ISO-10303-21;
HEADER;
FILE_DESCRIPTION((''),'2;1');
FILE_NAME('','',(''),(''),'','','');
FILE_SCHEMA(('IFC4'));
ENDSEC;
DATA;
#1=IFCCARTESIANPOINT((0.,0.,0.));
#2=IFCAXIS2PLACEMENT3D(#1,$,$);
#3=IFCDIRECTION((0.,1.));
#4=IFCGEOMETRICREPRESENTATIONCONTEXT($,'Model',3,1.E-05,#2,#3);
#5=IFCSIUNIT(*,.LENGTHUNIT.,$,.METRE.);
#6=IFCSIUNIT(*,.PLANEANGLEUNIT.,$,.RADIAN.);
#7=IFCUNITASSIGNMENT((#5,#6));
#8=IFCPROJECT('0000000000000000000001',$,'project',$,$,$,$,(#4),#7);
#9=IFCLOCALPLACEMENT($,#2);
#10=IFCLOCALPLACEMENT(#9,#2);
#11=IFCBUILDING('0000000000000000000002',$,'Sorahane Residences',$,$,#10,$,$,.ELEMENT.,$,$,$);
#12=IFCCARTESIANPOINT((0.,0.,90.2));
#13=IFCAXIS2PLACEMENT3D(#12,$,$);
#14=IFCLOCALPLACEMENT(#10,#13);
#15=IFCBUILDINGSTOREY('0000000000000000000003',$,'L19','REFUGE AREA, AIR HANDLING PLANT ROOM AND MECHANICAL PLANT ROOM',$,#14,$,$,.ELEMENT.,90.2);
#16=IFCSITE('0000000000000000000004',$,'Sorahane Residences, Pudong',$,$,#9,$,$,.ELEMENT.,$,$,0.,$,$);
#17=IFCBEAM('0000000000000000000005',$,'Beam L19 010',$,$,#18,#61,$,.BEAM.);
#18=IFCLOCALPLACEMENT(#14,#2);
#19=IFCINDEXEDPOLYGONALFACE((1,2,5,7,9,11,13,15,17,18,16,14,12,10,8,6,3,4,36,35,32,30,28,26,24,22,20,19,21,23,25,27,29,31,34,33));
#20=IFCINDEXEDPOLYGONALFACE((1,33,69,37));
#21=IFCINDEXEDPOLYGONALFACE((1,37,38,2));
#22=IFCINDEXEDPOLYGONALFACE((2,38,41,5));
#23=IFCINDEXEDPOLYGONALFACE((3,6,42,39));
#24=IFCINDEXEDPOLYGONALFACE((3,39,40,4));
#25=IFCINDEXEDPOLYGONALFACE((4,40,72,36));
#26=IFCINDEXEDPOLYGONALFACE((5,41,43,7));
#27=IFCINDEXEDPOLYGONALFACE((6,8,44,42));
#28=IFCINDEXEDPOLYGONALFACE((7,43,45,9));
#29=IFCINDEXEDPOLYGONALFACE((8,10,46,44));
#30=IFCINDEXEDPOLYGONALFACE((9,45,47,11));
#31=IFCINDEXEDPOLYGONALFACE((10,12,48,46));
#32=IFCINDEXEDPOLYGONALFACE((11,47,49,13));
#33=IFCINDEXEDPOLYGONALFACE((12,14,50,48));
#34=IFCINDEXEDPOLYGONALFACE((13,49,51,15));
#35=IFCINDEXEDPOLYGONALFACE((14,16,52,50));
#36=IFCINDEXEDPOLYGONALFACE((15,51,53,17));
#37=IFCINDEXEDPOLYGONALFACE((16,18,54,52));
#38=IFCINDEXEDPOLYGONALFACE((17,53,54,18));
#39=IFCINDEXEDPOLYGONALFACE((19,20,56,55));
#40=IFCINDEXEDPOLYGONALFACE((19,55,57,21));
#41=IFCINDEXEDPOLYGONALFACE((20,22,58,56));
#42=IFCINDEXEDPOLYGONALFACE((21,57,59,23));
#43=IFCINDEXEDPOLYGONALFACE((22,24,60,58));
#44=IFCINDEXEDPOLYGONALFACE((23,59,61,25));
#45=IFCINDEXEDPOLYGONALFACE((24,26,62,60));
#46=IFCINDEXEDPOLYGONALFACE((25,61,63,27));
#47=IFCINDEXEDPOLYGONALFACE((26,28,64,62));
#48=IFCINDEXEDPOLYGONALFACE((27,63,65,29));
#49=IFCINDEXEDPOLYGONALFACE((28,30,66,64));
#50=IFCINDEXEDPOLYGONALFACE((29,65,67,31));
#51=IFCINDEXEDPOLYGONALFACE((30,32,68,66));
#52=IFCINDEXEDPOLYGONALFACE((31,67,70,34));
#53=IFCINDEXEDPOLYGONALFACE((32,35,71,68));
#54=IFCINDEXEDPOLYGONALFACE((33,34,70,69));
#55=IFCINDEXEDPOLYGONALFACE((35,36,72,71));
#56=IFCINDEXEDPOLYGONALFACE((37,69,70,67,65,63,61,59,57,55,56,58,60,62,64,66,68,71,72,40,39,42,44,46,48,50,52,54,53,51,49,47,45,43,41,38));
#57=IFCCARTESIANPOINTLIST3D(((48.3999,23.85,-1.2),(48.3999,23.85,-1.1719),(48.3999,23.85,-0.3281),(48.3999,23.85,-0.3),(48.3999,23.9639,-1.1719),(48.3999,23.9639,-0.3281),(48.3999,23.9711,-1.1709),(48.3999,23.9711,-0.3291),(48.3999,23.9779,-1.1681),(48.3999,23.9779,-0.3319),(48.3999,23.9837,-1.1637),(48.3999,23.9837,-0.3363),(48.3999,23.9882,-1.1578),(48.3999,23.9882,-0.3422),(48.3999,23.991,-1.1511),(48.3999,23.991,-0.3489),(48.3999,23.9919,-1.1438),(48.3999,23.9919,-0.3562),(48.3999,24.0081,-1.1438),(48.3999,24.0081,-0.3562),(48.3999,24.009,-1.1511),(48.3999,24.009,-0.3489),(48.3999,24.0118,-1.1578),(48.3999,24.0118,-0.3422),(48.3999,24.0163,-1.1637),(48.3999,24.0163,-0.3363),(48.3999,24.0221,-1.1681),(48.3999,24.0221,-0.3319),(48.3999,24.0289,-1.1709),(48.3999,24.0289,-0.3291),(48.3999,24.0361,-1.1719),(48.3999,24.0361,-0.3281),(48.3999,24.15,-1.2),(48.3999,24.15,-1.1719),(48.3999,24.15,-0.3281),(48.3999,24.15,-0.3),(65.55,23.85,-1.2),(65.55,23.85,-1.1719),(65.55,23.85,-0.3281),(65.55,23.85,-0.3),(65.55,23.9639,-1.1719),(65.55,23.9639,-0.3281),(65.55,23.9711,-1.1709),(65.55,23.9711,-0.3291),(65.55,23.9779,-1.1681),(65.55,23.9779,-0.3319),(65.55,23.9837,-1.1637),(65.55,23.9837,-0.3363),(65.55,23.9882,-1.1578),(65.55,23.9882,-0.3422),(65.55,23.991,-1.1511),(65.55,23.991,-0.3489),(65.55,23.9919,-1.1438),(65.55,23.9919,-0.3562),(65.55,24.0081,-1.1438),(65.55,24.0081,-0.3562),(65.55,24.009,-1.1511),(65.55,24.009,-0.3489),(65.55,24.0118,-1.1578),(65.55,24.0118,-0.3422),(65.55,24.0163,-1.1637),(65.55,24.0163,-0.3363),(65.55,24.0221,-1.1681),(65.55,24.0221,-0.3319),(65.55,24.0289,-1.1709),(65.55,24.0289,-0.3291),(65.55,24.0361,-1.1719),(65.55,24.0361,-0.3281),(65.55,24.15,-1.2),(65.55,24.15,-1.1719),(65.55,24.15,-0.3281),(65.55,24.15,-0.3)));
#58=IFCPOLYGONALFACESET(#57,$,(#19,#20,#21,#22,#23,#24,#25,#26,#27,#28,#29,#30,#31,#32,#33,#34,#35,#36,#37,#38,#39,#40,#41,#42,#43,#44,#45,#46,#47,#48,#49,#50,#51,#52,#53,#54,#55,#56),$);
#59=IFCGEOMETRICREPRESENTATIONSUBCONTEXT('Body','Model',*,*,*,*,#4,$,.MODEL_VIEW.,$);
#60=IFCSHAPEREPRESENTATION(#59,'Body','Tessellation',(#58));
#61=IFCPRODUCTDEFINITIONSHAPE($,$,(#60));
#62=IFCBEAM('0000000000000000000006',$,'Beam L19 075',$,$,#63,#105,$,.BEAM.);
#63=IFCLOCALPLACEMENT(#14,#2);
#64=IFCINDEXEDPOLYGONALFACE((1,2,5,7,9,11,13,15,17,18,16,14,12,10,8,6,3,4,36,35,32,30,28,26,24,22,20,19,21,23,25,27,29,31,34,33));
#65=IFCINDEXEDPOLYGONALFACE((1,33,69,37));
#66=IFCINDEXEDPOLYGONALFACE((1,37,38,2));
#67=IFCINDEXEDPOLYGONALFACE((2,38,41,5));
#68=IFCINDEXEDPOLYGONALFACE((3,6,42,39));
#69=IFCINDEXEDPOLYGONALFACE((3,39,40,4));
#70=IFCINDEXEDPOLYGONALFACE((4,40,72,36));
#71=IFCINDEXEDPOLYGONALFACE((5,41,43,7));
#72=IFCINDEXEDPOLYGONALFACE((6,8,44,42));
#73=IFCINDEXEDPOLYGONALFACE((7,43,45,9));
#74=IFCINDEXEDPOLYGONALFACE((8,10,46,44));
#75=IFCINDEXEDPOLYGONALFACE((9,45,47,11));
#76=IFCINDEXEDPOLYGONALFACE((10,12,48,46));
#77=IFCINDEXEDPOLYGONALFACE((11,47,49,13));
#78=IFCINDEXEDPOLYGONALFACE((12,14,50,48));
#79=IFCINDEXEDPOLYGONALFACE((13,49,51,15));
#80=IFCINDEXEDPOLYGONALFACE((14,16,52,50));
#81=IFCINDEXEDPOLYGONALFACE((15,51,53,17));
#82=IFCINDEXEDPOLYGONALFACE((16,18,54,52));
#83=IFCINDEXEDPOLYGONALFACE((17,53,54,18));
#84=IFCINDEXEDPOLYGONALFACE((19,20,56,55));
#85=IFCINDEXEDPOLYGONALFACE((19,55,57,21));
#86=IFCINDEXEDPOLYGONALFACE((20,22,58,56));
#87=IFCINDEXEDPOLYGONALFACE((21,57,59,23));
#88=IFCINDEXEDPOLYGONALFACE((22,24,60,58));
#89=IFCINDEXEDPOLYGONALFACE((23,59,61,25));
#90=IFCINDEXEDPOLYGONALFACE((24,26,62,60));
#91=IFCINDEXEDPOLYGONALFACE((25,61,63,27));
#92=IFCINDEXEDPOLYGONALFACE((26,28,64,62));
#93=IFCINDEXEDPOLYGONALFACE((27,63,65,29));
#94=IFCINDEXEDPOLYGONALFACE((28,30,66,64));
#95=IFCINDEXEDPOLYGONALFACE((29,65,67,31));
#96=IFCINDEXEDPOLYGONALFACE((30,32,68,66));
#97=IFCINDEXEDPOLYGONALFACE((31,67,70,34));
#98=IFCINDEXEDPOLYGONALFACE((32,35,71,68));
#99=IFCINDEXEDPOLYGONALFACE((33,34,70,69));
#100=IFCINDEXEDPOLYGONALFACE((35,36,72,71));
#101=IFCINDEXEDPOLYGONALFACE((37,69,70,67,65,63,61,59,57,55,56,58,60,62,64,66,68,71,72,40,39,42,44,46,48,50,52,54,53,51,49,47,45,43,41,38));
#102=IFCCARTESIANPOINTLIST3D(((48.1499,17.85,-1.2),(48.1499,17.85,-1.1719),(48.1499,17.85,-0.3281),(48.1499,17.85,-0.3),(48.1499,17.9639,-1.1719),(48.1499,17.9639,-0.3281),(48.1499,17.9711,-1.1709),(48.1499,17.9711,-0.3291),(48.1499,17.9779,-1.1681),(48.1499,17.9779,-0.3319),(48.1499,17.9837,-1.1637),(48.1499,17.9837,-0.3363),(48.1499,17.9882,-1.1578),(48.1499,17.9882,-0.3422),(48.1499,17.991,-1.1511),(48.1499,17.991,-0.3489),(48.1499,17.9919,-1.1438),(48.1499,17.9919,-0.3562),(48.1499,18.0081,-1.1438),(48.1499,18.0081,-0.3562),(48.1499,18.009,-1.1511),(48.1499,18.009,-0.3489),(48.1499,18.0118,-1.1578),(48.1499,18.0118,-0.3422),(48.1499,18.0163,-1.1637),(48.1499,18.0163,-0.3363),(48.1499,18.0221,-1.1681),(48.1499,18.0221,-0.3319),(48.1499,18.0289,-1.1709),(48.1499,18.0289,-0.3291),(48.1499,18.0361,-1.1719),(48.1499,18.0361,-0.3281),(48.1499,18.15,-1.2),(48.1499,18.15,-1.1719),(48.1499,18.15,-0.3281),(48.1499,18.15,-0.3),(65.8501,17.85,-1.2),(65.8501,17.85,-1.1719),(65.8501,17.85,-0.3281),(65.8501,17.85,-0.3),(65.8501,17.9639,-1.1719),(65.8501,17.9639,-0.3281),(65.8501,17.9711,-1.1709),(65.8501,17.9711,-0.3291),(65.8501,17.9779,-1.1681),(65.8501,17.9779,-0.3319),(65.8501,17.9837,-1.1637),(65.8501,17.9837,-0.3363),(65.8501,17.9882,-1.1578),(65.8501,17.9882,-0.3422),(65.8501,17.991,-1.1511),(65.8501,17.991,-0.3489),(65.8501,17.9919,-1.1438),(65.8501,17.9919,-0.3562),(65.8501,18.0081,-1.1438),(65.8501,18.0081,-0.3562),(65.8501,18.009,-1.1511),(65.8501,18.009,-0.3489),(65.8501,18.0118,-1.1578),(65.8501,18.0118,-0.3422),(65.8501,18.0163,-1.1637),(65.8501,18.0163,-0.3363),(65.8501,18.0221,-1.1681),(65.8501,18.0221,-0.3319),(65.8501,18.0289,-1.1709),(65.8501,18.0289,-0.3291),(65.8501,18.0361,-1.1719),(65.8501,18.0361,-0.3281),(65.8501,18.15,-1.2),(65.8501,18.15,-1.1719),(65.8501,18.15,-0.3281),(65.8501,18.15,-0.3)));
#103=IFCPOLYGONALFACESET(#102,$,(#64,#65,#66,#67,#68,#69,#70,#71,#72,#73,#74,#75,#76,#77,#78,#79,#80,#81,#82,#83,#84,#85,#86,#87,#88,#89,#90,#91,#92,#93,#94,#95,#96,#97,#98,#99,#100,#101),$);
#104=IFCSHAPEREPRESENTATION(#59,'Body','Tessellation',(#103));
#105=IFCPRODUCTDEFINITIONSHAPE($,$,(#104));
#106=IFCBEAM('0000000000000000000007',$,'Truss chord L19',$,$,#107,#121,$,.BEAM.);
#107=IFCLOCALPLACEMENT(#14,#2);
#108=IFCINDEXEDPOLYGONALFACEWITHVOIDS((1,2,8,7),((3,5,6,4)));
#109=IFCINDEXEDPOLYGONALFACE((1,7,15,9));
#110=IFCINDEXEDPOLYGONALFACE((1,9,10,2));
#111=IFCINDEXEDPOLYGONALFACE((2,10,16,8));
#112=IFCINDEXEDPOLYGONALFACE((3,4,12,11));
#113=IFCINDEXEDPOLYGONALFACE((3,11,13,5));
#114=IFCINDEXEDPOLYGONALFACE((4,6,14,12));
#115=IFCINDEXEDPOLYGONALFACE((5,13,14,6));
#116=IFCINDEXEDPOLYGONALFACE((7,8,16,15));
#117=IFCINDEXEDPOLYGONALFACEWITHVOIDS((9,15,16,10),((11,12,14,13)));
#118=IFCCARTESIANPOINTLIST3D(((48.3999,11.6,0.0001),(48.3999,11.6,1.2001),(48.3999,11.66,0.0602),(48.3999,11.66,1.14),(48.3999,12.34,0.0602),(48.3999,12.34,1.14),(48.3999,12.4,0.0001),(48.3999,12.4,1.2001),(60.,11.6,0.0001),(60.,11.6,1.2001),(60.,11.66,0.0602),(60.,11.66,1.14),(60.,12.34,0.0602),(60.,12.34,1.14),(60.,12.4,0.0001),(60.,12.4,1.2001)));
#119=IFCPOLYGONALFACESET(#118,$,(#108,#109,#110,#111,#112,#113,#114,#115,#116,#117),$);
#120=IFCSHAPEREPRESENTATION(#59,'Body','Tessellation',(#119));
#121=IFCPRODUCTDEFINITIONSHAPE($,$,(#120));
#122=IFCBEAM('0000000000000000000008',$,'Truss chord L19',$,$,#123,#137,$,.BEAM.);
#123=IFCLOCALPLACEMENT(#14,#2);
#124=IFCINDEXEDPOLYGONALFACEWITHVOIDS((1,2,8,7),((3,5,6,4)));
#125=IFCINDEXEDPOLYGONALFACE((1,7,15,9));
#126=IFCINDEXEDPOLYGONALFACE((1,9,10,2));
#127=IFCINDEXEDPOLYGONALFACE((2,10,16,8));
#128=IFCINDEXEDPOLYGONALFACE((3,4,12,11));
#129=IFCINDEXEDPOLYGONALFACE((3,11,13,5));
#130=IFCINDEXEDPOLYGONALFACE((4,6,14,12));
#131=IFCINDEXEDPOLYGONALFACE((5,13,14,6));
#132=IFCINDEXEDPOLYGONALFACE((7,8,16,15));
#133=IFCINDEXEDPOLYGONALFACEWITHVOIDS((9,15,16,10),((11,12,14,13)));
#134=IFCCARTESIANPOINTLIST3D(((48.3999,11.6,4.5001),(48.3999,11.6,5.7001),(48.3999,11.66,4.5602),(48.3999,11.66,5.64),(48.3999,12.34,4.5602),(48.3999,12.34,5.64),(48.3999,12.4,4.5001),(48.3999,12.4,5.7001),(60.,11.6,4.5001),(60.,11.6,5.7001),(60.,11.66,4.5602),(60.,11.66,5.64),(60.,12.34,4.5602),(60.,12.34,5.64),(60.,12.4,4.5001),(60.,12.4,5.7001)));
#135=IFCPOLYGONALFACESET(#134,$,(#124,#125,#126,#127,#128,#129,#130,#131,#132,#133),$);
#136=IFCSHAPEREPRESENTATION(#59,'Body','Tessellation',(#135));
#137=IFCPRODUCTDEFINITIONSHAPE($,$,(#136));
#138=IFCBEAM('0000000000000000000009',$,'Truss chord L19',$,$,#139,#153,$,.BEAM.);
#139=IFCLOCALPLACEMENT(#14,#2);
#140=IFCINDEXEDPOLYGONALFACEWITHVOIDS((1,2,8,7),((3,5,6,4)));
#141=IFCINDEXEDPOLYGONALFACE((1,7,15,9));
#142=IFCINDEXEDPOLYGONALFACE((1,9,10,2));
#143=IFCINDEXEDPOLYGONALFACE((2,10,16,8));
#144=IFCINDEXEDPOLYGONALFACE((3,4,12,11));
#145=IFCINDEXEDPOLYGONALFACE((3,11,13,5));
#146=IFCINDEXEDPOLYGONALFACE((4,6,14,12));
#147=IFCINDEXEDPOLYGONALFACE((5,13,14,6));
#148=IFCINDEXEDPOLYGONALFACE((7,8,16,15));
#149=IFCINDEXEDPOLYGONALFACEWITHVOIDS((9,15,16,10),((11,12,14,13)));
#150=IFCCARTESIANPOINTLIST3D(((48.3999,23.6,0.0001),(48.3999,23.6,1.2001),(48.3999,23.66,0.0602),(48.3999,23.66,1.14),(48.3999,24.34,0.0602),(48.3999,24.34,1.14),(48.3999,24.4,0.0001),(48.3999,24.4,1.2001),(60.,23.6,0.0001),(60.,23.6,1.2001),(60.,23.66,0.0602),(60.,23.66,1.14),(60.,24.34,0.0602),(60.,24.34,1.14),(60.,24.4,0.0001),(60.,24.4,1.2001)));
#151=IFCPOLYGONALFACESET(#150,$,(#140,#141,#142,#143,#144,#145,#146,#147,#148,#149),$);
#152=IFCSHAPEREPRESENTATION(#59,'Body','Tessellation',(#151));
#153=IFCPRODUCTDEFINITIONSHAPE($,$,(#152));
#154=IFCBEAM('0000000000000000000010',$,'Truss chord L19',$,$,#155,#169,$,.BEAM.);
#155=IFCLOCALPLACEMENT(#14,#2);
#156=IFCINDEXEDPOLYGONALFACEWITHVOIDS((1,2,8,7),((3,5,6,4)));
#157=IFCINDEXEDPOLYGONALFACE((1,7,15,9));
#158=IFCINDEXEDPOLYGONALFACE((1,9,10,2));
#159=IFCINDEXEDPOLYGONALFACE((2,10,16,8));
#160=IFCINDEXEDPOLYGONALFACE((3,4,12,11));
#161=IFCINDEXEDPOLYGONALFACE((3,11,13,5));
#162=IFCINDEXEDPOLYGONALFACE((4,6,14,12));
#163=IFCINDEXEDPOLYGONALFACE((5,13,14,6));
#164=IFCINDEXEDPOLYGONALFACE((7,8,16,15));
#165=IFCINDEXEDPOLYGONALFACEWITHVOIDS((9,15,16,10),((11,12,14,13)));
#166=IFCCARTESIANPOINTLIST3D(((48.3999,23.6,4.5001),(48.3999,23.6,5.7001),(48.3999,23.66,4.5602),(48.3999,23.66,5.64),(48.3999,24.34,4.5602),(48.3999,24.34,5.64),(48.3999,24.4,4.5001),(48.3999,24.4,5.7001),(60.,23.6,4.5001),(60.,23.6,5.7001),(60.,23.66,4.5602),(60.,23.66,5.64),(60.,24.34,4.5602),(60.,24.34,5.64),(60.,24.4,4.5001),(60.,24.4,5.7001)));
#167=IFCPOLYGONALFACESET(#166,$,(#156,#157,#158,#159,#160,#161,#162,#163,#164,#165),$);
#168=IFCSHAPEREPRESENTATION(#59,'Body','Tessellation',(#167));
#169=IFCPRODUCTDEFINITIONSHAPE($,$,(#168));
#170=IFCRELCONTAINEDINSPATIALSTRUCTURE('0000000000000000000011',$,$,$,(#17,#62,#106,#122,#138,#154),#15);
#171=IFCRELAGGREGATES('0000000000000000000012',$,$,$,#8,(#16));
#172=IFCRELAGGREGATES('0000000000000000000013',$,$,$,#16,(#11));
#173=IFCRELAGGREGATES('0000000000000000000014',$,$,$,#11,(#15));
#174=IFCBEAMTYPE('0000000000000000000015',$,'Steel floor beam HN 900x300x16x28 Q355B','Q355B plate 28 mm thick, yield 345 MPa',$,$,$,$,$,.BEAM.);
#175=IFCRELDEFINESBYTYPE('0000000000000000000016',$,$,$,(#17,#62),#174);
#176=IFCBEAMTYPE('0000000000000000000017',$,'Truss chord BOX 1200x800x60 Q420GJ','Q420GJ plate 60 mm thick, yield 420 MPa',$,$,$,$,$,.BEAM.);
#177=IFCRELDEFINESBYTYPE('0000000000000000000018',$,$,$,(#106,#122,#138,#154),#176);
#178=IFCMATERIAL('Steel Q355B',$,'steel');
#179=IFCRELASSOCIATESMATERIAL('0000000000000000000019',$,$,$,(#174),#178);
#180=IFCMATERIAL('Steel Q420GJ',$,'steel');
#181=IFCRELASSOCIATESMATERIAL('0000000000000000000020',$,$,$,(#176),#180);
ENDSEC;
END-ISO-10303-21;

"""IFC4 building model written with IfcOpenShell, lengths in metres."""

from ifc_helpers import new_model, si_unit, direction, frame, origin, origin_2d, place, context, subcontext, project, spatial, hollow_rectangle, i_section, extrude, material, material_profile, profile_set, type_object, element, save


model = new_model("IFC4")

# Units and contexts
model_context = context("Model", 3, precision=1e-05, world=origin(), true_north=direction((0.0, 1.0)))
body_context = subcontext(model_context, "Body", "Model", "MODEL_VIEW")
ifc_project = project(units=[si_unit("LENGTHUNIT", "METRE"), si_unit("PLANEANGLEUNIT", "RADIAN")], contexts=[model_context])

# Site, building, storey
site_placement = place(None, origin())
site = spatial("IfcSite", under=ifc_project, at=site_placement, Name="Sorahane Residences, Pudong", CompositionType="ELEMENT", RefElevation=0.0)
building_placement = place(site_placement, origin())
building = spatial("IfcBuilding", under=site, at=building_placement, Name="Sorahane Residences", CompositionType="ELEMENT")
storey_placement = place(building_placement, frame((0.0, 0.0, 90.2)))
storey = spatial("IfcBuildingStorey", under=building, at=storey_placement, Name="L19", Description="REFUGE AREA, AIR HANDLING PLANT ROOM AND MECHANICAL PLANT ROOM", CompositionType="ELEMENT", Elevation=90.2)

# Beams
ifc_material_1 = material(Name="Steel Q355B", Category="steel")
ifc_material_profile_1 = material_profile(ifc_material_1, i_section(OverallWidth=0.3, OverallDepth=0.8999, WebThickness=0.0161, FlangeThickness=0.0281, FilletRadius=0.0281, at=origin_2d()), Name="HN 900x300x16x28")
ifc_profile_set_1 = profile_set([ifc_material_profile_1], Name="Steel Q355B")
beam_type_1 = type_object("IfcBeamType", Name="Steel floor beam HN 900x300x16x28 Q355B", Description="Q355B plate 28 mm thick, yield 345 MPa", PredefinedType="BEAM", material=ifc_profile_set_1)
for number, where, z_axis, x_axis, name in (
    (1, (48.3999, 24.0, -0.75), (1.0, 0.0, 0.0), (0.0, 1.0, 0.0), "Beam L19 010"),
):
    element("IfcBeam", number, at=place(storey_placement, frame(where, z_axis=z_axis, x_axis=x_axis)), inside=storey, type_object=beam_type_1, Name=name, PredefinedType="BEAM", context=body_context, shape_type="SweptSolid", body=[
        extrude(i_section(OverallWidth=0.3, OverallDepth=0.8999, WebThickness=0.0161, FlangeThickness=0.0281, FilletRadius=0.0281, at=origin_2d()), origin(), (0.0, 0.0, 1.0), 17.1501),
    ])
beam_1_placement = place(storey_placement, frame((48.1499, 18.0, -0.75), z_axis=(1.0, 0.0, 0.0), x_axis=(0.0, 1.0, 0.0)))
element("IfcBeam", 2, at=beam_1_placement, inside=storey, type_object=beam_type_1, Name="Beam L19 075", PredefinedType="BEAM", context=body_context, shape_type="SweptSolid", body=[
    extrude(i_section(OverallWidth=0.3, OverallDepth=0.8999, WebThickness=0.0161, FlangeThickness=0.0281, FilletRadius=0.0281, at=origin_2d()), origin(), (0.0, 0.0, 1.0), 17.7002),
])
ifc_material_2 = material(Name="Steel Q420GJ", Category="steel")
ifc_material_profile_2 = material_profile(ifc_material_2, hollow_rectangle(XDim=0.8, YDim=1.2, WallThickness=0.0601, at=origin_2d()), Name="BOX 1200x800x60")
ifc_profile_set_2 = profile_set([ifc_material_profile_2], Name="Steel Q420GJ")
beam_type_2 = type_object("IfcBeamType", Name="Truss chord BOX 1200x800x60 Q420GJ", Description="Q420GJ plate 60 mm thick, yield 420 MPa", PredefinedType="BEAM", material=ifc_profile_set_2)
for number, where, z_axis, x_axis, name in (
    (3, (48.3999, 12.0, 0.6001), (1.0, 0.0, 0.0), (0.0, 1.0, 0.0), "Truss chord L19"),
    (4, (48.3999, 12.0, 5.1001), (1.0, 0.0, 0.0), (0.0, 1.0, 0.0), "Truss chord L19"),
    (5, (48.3999, 24.0, 0.6001), (1.0, 0.0, 0.0), (0.0, 1.0, 0.0), "Truss chord L19"),
    (6, (48.3999, 24.0, 5.1001), (1.0, 0.0, 0.0), (0.0, 1.0, 0.0), "Truss chord L19"),
):
    element("IfcBeam", number, at=place(storey_placement, frame(where, z_axis=z_axis, x_axis=x_axis)), inside=storey, type_object=beam_type_2, Name=name, PredefinedType="BEAM", context=body_context, shape_type="SweptSolid", body=[
        extrude(hollow_rectangle(XDim=0.8, YDim=1.2, WallThickness=0.0601, at=origin_2d()), origin(), (0.0, 0.0, 1.0), 11.6001),
    ])

save(model, "model.ifc")
